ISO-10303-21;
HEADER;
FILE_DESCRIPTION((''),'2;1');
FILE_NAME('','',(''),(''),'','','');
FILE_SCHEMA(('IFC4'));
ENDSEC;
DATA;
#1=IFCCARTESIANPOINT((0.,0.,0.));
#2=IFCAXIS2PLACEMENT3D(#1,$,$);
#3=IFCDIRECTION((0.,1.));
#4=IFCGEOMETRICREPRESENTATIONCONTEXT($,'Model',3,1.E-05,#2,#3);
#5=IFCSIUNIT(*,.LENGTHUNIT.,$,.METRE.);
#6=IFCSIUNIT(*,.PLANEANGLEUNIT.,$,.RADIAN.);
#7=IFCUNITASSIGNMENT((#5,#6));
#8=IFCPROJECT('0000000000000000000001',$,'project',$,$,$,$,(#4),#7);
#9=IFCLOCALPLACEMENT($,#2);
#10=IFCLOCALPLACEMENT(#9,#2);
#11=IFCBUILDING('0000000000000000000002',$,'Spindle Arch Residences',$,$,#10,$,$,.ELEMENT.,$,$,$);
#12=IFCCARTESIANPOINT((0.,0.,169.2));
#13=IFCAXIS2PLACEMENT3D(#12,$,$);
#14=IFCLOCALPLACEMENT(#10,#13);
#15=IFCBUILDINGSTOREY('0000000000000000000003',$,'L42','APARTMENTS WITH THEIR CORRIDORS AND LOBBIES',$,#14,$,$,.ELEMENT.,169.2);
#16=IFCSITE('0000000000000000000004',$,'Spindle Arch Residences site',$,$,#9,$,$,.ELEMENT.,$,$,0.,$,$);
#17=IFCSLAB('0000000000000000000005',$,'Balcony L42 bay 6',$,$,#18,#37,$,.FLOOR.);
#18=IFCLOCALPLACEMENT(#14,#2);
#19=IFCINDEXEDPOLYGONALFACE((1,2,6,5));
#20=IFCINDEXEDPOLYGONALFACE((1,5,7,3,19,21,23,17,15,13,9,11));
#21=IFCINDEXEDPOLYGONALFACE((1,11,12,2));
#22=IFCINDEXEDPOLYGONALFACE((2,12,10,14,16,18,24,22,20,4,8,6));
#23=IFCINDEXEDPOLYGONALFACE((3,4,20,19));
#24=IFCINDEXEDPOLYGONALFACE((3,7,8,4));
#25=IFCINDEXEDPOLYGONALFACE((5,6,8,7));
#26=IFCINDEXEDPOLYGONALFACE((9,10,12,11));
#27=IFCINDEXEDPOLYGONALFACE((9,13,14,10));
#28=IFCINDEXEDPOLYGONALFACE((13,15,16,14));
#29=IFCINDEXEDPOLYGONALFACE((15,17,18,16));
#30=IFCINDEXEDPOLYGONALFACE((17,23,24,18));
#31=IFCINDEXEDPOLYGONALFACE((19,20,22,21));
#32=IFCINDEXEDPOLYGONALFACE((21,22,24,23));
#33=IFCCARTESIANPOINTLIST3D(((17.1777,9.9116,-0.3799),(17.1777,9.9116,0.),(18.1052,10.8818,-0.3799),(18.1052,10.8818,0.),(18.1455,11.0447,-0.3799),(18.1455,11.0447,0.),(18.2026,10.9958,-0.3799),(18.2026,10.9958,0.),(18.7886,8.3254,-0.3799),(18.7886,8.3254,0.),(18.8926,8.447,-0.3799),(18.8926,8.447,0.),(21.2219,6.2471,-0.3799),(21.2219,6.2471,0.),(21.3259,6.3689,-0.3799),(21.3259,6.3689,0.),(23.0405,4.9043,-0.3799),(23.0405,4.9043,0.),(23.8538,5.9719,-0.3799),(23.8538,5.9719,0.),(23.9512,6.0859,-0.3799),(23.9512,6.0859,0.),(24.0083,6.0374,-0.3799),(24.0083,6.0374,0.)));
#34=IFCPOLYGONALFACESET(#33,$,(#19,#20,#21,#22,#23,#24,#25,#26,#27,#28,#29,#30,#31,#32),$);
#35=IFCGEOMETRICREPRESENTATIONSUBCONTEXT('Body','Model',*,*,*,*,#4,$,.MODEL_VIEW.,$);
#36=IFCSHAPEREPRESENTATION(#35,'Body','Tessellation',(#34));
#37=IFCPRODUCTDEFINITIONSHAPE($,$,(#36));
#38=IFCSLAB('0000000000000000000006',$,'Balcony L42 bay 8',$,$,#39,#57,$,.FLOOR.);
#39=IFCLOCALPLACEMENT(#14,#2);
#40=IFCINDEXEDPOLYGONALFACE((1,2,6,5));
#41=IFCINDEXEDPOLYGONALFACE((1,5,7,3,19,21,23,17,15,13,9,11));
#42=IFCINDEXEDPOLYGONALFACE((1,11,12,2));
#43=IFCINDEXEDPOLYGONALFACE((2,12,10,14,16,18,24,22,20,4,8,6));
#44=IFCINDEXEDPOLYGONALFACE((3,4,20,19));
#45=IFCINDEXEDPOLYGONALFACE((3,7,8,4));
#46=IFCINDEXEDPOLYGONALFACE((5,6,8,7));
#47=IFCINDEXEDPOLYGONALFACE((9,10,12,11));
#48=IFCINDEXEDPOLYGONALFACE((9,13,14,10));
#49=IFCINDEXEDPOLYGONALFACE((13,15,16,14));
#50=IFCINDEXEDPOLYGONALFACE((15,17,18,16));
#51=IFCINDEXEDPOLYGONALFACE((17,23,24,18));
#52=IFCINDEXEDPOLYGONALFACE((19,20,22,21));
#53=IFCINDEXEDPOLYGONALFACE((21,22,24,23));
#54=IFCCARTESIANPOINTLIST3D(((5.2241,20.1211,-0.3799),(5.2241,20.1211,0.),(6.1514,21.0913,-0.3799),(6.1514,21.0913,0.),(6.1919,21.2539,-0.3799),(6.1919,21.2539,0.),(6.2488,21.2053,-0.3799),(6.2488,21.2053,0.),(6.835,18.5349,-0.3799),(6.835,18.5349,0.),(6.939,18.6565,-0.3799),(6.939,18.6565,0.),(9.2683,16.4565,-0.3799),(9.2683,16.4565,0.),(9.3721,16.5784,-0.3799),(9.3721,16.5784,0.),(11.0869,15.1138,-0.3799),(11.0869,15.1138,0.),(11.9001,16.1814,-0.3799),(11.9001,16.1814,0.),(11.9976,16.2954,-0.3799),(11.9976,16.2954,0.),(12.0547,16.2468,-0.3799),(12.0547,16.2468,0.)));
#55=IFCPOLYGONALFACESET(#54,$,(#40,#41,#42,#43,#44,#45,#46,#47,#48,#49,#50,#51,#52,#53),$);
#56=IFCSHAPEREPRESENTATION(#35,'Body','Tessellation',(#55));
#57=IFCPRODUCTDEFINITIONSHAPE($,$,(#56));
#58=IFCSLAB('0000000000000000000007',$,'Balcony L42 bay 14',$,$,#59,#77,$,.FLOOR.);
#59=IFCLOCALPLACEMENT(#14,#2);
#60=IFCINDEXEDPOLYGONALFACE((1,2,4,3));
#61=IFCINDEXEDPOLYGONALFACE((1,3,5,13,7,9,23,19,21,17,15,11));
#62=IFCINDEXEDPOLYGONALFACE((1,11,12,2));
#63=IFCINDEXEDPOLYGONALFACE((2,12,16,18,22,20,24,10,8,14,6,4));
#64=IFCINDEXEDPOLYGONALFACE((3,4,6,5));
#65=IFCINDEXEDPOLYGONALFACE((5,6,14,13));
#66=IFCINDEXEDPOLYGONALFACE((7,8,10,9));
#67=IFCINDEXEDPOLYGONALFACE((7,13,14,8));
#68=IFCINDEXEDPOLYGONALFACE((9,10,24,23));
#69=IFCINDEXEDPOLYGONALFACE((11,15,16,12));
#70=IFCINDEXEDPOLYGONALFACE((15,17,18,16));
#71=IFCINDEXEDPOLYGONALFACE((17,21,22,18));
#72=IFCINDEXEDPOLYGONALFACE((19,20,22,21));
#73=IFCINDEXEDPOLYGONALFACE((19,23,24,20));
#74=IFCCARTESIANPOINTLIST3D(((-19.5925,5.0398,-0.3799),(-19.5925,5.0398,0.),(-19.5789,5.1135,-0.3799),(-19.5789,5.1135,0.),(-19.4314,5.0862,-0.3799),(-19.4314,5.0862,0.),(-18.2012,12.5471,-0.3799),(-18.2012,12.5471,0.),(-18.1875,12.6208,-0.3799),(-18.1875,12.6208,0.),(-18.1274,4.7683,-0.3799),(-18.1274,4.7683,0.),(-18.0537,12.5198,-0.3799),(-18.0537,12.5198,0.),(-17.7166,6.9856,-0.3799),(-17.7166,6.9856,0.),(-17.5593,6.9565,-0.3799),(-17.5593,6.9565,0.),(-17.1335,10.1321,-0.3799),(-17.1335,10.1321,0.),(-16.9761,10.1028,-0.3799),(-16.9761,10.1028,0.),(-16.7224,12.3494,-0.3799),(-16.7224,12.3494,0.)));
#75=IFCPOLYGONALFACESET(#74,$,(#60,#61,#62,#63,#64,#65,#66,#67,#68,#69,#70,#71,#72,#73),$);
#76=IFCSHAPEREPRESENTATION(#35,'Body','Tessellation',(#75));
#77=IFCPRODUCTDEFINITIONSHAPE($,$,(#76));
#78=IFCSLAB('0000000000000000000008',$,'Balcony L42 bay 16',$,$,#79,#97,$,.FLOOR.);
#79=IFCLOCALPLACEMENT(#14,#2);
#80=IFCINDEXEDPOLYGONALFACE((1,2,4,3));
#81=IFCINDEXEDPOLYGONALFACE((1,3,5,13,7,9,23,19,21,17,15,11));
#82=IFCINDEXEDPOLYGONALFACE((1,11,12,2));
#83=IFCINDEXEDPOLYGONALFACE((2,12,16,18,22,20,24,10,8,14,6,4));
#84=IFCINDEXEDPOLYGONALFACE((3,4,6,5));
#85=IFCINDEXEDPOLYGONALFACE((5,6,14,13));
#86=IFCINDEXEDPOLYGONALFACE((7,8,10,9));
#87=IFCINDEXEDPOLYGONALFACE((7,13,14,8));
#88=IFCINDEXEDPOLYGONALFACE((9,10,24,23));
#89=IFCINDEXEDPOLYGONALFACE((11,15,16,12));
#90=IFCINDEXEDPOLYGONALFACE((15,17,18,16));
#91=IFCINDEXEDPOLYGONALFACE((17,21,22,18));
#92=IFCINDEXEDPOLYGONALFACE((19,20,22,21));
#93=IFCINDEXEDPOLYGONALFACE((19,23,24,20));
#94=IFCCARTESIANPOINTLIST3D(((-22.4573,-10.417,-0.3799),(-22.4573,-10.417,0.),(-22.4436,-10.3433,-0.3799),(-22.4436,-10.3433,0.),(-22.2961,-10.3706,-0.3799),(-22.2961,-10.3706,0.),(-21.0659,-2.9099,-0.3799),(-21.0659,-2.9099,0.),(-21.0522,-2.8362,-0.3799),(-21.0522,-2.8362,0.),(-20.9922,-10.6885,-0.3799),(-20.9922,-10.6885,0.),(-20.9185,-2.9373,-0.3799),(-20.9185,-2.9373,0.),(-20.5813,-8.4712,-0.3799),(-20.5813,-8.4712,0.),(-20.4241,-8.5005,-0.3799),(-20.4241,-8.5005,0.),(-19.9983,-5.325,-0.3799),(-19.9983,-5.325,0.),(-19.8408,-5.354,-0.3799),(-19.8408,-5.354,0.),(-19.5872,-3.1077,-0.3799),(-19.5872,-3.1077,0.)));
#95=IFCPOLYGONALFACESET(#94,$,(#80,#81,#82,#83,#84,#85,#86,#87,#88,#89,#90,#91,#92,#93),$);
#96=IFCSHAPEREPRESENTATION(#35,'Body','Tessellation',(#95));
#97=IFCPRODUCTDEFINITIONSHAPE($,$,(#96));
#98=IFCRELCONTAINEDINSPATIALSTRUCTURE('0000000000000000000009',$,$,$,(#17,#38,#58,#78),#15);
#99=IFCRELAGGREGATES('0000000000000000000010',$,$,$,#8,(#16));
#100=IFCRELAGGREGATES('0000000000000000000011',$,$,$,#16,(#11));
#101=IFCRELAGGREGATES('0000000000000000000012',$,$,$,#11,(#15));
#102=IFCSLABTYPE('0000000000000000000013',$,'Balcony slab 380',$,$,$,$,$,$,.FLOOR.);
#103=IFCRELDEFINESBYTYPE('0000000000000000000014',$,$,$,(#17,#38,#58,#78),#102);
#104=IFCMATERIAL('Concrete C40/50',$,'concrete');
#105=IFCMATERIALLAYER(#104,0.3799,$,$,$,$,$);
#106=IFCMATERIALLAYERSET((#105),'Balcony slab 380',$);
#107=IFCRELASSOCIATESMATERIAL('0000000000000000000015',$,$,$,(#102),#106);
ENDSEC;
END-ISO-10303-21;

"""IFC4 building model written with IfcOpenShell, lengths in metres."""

from ifc_helpers import new_model, si_unit, direction, frame, origin, place, context, subcontext, project, spatial, polyline, outline, extrude, material, layer, layer_set, type_object, element, save


model = new_model("IFC4")

# Units and contexts
model_context = context("Model", 3, precision=1e-05, world=origin(), true_north=direction((0.0, 1.0)))
body_context = subcontext(model_context, "Body", "Model", "MODEL_VIEW")
ifc_project = project(units=[si_unit("LENGTHUNIT", "METRE"), si_unit("PLANEANGLEUNIT", "RADIAN")], contexts=[model_context])

# Site, building, storey
site_placement = place(None, origin())
site = spatial("IfcSite", under=ifc_project, at=site_placement, Name="Spindle Arch Residences site", CompositionType="ELEMENT", RefElevation=0.0)
building_placement = place(site_placement, origin())
building = spatial("IfcBuilding", under=site, at=building_placement, Name="Spindle Arch Residences", CompositionType="ELEMENT")
storey_placement = place(building_placement, frame((0.0, 0.0, 169.2)))
storey = spatial("IfcBuildingStorey", under=building, at=storey_placement, Name="L42", Description="APARTMENTS WITH THEIR CORRIDORS AND LOBBIES", CompositionType="ELEMENT", Elevation=169.2)

# Slabs
ifc_material_1 = material(Name="Concrete C40/50", Category="concrete")
ifc_layer_1 = layer(ifc_material_1, 0.3799)
ifc_layer_set_1 = layer_set([ifc_layer_1], Name="Balcony slab 380")
slab_type_1 = type_object("IfcSlabType", Name="Balcony slab 380", PredefinedType="FLOOR", material=ifc_layer_set_1)
slab_1_placement = place(storey_placement, frame((0.0, 0.0, -0.3799)))
element("IfcSlab", 1, at=slab_1_placement, inside=storey, type_object=slab_type_1, Name="Balcony L42 bay 6", PredefinedType="FLOOR", context=body_context, shape_type="SweptSolid", body=[
    extrude(outline(polyline([(24.0083, 6.0374), (23.9512, 6.0859), (23.8538, 5.9719), (18.1052, 10.8818), (18.2026, 10.9958), (18.1455, 11.0447), (17.1777, 9.9116), (18.8926, 8.447), (18.7886, 8.3254), (21.2219, 6.2471), (21.3259, 6.3689), (23.0405, 4.9043), (24.0083, 6.0374)])), origin(), (0.0, 0.0, 1.0), 0.3799),
])
slab_2_placement = place(storey_placement, frame((0.0, 0.0, -0.3799)))
element("IfcSlab", 2, at=slab_2_placement, inside=storey, type_object=slab_type_1, Name="Balcony L42 bay 8", PredefinedType="FLOOR", context=body_context, shape_type="SweptSolid", body=[
    extrude(outline(polyline([(12.0547, 16.2468), (11.9976, 16.2954), (11.9001, 16.1814), (6.1514, 21.0913), (6.2488, 21.2053), (6.1919, 21.2539), (5.2241, 20.1211), (6.939, 18.6565), (6.835, 18.5349), (9.2683, 16.4565), (9.3721, 16.5784), (11.0869, 15.1138), (12.0547, 16.2468)])), origin(), (0.0, 0.0, 1.0), 0.3799),
])
slab_3_placement = place(storey_placement, frame((0.0, 0.0, -0.3799)))
element("IfcSlab", 3, at=slab_3_placement, inside=storey, type_object=slab_type_1, Name="Balcony L42 bay 14", PredefinedType="FLOOR", context=body_context, shape_type="SweptSolid", body=[
    extrude(outline(polyline([(-18.1875, 12.6208), (-18.2012, 12.5471), (-18.0537, 12.5198), (-19.4314, 5.0862), (-19.5789, 5.1135), (-19.5925, 5.0398), (-18.1274, 4.7683), (-17.7166, 6.9856), (-17.5593, 6.9565), (-16.9761, 10.1028), (-17.1335, 10.1321), (-16.7224, 12.3494), (-18.1875, 12.6208)])), origin(), (0.0, 0.0, 1.0), 0.3799),
])
slab_4_placement = place(storey_placement, frame((0.0, 0.0, -0.3799)))
element("IfcSlab", 4, at=slab_4_placement, inside=storey, type_object=slab_type_1, Name="Balcony L42 bay 16", PredefinedType="FLOOR", context=body_context, shape_type="SweptSolid", body=[
    extrude(outline(polyline([(-21.0522, -2.8362), (-21.0659, -2.9099), (-20.9185, -2.9373), (-22.2961, -10.3706), (-22.4436, -10.3433), (-22.4573, -10.417), (-20.9922, -10.6885), (-20.5813, -8.4712), (-20.4241, -8.5005), (-19.8408, -5.354), (-19.9983, -5.325), (-19.5872, -3.1077), (-21.0522, -2.8362)])), origin(), (0.0, 0.0, 1.0), 0.3799),
])

save(model, "model.ifc")
